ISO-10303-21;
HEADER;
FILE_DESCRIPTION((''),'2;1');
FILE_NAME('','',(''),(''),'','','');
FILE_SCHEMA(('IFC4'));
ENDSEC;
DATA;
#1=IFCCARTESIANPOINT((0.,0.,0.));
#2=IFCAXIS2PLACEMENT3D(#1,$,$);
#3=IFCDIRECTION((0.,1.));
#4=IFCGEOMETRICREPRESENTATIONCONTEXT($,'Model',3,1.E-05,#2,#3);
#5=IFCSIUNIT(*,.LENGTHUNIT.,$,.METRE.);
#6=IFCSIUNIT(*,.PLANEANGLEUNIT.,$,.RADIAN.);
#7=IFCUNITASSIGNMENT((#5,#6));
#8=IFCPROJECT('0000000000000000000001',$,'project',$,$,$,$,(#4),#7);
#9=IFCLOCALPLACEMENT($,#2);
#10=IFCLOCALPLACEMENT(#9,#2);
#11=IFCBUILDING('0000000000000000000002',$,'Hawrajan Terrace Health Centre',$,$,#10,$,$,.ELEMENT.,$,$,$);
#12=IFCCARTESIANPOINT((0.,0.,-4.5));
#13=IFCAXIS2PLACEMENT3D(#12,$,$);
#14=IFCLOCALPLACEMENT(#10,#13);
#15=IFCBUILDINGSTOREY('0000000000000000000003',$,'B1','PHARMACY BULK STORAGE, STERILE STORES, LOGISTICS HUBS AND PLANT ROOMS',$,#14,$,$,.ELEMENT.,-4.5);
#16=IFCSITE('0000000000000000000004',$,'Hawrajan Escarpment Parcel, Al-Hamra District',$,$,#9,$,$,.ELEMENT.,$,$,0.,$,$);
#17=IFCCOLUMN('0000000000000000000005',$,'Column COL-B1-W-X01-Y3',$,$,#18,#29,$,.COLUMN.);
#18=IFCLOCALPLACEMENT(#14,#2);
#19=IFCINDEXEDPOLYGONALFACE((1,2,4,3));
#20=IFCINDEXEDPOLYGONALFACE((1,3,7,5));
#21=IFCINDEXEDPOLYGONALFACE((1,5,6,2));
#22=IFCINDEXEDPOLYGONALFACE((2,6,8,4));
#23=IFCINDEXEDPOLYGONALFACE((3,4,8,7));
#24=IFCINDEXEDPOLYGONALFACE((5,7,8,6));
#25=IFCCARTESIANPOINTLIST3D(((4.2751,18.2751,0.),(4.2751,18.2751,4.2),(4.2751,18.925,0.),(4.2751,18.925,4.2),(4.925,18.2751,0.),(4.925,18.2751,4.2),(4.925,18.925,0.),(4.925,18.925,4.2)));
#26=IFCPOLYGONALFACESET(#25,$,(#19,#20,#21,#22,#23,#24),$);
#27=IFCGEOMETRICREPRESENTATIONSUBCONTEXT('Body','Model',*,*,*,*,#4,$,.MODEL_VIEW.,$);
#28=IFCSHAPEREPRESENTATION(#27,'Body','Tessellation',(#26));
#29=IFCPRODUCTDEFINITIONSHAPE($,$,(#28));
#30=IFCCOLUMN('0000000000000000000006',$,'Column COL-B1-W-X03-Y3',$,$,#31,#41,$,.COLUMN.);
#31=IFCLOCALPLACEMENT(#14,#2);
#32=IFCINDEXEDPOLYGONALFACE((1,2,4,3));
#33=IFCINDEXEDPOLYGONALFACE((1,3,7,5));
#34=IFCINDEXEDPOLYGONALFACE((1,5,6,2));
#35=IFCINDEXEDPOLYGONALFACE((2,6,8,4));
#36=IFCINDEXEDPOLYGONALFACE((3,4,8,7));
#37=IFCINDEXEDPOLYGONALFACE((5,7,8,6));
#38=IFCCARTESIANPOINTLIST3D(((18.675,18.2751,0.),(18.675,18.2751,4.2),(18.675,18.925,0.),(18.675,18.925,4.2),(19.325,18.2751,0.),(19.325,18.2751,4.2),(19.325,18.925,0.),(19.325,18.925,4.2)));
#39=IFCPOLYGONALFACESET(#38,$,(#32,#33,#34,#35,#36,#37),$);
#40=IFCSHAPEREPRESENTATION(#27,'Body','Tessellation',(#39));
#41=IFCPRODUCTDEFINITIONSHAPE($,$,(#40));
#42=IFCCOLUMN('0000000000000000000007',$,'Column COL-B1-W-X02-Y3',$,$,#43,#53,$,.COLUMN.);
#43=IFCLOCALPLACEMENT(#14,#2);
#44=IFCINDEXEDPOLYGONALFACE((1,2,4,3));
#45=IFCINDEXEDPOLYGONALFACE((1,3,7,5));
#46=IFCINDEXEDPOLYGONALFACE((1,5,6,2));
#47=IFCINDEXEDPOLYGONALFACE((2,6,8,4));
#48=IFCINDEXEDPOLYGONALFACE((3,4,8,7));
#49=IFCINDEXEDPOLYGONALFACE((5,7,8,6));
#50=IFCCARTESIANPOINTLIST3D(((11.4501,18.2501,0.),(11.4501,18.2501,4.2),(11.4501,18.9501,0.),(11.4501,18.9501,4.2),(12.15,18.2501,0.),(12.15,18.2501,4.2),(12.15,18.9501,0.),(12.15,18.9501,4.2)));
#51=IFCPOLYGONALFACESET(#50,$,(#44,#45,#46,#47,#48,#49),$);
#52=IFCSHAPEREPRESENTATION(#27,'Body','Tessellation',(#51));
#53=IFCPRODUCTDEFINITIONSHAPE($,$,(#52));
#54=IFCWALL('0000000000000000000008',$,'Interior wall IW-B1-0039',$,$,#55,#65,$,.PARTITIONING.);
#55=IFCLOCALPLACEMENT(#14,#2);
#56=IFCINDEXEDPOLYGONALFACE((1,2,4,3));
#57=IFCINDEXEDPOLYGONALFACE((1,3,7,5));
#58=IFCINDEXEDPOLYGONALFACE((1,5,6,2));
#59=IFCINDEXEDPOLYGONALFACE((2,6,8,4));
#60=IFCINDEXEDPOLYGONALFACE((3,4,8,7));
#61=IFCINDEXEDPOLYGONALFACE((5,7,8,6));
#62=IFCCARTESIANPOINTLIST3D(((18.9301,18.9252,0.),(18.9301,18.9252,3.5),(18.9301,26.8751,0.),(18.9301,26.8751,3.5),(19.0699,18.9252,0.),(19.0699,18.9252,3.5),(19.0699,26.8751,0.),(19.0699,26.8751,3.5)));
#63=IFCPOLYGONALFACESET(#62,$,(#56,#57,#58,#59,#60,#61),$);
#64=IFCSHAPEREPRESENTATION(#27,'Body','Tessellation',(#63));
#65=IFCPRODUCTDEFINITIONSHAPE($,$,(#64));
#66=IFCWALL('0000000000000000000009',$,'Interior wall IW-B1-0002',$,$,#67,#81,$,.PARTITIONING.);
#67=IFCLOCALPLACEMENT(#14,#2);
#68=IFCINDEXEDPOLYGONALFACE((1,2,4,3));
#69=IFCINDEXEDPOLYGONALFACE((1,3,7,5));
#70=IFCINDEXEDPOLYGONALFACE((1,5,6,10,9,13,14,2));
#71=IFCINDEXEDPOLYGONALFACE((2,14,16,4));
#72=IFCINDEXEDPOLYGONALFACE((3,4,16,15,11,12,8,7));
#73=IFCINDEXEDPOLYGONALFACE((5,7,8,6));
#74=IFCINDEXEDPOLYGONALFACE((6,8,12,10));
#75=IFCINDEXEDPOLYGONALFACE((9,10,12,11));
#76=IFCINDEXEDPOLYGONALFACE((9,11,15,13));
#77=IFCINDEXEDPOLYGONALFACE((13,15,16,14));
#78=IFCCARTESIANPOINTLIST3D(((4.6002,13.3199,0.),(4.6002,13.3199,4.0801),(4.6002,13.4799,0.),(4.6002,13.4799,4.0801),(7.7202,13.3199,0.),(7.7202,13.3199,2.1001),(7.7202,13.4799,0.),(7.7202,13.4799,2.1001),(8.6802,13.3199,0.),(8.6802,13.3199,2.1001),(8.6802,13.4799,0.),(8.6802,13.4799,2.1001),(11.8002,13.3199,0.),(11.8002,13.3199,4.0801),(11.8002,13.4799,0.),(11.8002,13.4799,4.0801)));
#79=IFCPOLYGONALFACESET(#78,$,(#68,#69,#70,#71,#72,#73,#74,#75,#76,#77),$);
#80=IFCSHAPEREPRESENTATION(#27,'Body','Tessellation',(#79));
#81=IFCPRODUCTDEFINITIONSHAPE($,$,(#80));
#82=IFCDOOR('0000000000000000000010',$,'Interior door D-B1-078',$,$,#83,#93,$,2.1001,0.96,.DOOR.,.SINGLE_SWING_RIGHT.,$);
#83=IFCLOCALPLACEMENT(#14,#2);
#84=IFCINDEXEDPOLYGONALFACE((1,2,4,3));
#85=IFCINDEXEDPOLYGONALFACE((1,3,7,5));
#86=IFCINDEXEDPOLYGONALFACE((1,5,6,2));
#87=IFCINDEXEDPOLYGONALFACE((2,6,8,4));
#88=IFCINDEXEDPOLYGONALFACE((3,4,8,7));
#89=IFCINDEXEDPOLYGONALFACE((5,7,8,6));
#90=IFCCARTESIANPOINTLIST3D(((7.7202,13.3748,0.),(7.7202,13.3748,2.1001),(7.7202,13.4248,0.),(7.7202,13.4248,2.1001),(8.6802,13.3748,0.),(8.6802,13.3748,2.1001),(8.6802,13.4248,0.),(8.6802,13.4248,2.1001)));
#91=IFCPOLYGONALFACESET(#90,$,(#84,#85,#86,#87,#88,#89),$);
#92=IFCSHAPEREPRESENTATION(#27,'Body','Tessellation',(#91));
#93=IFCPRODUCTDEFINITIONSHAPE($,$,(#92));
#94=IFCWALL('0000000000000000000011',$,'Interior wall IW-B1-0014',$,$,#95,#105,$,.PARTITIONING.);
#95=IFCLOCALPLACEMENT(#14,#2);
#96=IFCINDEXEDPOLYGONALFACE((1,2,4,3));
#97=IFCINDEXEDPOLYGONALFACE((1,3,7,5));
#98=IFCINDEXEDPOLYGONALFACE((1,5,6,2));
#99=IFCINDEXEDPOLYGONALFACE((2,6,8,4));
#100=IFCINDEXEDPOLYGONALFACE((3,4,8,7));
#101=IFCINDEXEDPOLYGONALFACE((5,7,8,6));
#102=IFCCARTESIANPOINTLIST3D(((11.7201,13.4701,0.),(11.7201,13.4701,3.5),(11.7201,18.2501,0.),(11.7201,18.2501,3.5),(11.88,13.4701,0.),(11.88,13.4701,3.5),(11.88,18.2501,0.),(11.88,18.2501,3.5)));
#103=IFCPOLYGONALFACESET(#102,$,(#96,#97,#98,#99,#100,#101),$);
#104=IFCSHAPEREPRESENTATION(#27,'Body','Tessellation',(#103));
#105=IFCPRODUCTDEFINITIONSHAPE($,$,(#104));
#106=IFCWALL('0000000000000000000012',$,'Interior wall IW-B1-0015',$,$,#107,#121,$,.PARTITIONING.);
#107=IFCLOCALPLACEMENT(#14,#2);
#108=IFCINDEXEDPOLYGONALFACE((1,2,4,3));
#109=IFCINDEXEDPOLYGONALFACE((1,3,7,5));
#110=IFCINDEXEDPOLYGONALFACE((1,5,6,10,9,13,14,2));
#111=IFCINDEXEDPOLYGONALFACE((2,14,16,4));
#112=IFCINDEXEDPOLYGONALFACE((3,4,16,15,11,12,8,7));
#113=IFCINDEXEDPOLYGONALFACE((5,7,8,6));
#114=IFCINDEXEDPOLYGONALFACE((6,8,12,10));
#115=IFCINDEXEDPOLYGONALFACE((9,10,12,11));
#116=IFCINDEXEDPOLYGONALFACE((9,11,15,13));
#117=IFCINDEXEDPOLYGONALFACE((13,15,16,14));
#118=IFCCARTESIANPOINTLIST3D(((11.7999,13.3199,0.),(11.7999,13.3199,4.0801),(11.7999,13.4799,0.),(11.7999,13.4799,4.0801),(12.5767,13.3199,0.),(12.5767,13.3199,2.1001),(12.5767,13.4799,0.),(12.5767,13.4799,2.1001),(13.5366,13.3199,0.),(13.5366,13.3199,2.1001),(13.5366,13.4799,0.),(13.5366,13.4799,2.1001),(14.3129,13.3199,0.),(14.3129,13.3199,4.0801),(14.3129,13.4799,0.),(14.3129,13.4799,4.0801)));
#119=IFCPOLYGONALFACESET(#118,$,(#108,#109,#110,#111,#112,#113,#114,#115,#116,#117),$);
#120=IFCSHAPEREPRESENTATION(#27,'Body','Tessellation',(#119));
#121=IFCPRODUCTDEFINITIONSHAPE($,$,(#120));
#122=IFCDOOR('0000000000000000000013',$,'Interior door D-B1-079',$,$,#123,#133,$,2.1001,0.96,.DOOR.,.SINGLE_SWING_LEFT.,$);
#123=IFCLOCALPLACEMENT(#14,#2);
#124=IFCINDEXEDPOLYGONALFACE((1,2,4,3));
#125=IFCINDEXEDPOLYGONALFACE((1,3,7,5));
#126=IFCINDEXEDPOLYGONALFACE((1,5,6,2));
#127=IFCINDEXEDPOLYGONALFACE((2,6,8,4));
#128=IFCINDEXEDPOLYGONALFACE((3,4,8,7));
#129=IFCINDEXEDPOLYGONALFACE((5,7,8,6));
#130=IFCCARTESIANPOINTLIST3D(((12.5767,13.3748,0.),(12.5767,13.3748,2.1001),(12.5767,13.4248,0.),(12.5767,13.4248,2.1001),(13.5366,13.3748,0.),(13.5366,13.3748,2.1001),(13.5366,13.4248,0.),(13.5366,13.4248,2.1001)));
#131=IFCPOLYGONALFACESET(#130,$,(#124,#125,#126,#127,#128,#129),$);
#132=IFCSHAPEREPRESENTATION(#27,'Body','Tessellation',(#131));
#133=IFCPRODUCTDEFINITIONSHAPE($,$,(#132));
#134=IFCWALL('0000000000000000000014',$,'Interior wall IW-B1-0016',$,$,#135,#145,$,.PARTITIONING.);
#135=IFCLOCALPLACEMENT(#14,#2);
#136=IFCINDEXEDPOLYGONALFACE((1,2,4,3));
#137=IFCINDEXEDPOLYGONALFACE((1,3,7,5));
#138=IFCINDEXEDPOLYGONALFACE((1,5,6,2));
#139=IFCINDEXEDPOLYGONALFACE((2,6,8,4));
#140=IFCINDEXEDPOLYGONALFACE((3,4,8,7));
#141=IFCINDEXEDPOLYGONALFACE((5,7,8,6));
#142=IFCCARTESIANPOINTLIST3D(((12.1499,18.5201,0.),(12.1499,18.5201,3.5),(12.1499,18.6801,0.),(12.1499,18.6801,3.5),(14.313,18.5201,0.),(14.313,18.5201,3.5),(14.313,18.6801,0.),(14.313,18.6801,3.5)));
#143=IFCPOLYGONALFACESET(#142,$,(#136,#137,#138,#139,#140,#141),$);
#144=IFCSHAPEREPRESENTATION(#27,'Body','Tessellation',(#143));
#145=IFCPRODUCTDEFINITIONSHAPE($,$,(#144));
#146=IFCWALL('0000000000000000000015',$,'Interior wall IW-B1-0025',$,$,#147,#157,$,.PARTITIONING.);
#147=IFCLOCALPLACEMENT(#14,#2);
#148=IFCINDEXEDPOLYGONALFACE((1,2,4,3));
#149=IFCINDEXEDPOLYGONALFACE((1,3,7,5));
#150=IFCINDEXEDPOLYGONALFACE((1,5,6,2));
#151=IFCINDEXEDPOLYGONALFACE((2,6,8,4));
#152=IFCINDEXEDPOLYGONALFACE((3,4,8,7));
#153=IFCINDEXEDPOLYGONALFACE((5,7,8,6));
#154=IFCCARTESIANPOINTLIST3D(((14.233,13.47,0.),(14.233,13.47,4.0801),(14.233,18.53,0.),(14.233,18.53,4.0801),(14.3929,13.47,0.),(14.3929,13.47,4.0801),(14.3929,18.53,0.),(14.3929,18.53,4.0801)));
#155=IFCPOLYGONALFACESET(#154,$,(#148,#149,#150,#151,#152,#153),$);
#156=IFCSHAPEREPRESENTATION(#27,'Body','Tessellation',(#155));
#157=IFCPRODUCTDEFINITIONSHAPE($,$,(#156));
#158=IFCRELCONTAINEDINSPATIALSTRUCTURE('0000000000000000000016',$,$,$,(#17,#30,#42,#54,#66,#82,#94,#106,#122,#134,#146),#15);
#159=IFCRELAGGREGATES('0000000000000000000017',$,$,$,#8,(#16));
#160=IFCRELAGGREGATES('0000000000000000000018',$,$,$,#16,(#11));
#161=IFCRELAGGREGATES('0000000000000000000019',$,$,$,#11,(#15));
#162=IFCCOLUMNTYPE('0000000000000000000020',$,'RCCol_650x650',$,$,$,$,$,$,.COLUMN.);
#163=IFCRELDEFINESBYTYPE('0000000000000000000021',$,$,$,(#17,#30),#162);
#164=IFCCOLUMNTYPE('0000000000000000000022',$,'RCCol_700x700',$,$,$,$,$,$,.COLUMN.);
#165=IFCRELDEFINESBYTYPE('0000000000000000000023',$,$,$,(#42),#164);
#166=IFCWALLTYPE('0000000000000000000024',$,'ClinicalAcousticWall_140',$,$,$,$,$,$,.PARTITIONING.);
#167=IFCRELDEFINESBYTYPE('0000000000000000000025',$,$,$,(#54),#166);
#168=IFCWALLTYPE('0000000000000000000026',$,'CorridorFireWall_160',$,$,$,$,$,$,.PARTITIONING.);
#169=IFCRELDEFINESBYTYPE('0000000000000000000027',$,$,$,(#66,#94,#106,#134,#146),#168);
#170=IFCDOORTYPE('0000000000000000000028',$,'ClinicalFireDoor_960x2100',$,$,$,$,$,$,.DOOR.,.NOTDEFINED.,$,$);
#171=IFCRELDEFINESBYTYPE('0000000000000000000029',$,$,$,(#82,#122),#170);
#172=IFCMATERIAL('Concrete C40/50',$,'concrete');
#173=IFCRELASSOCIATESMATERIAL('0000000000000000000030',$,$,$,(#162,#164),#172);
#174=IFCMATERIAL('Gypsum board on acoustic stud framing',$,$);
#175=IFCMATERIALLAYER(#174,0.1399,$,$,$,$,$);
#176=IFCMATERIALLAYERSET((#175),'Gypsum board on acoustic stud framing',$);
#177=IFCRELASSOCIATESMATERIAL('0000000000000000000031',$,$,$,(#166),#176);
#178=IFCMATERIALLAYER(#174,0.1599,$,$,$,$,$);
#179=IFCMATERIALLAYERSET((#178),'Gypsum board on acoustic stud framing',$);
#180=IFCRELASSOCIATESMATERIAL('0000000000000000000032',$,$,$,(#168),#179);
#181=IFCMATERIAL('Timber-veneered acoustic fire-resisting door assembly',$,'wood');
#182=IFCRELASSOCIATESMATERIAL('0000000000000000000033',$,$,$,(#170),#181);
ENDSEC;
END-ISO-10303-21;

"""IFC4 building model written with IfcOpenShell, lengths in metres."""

from ifc_helpers import new_model, si_unit, direction, frame, frame_2d, origin, origin_2d, place, context, subcontext, project, spatial, rectangle, extrude, material, layer, layer_set, material_profile, profile_set, type_object, element, fill, save


model = new_model("IFC4")

# Units and contexts
model_context = context("Model", 3, precision=1e-05, world=origin(), true_north=direction((0.0, 1.0)))
body_context = subcontext(model_context, "Body", "Model", "MODEL_VIEW")
ifc_project = project(units=[si_unit("LENGTHUNIT", "METRE"), si_unit("PLANEANGLEUNIT", "RADIAN")], contexts=[model_context])

# Site, building, storey
site_placement = place(None, origin())
site = spatial("IfcSite", under=ifc_project, at=site_placement, Name="Hawrajan Escarpment Parcel, Al-Hamra District", CompositionType="ELEMENT", RefElevation=0.0)
building_placement = place(site_placement, origin())
building = spatial("IfcBuilding", under=site, at=building_placement, Name="Hawrajan Terrace Health Centre", CompositionType="ELEMENT")
storey_placement = place(building_placement, frame((0.0, 0.0, -4.5)))
storey = spatial("IfcBuildingStorey", under=building, at=storey_placement, Name="B1", Description="PHARMACY BULK STORAGE, STERILE STORES, LOGISTICS HUBS AND PLANT ROOMS", CompositionType="ELEMENT", Elevation=-4.5)

# Shared definitions
ifc_material_1 = material(Name="Concrete C40/50", Category="concrete")

# Columns
ifc_material_profile_1 = material_profile(ifc_material_1, rectangle(XDim=0.6499, YDim=0.6499, at=origin_2d()), Name="RC 650x650")
ifc_profile_set_1 = profile_set([ifc_material_profile_1], Name="Concrete C40/50")
column_type_1 = type_object("IfcColumnType", Name="RCCol_650x650", PredefinedType="COLUMN", material=ifc_profile_set_1)
for number, where, z_axis, x_axis, name in (
    (1, (4.6001, 18.6001, 0.0), (0.0, 0.0, 1.0), (1.0, 0.0, 0.0), "Column COL-B1-W-X01-Y3"),
    (2, (19.0, 18.6001, 0.0), (0.0, 0.0, 1.0), (1.0, 0.0, 0.0), "Column COL-B1-W-X03-Y3"),
):
    element("IfcColumn", number, at=place(storey_placement, frame(where, z_axis=z_axis, x_axis=x_axis)), inside=storey, type_object=column_type_1, Name=name, PredefinedType="COLUMN", context=body_context, shape_type="SweptSolid", body=[
        extrude(rectangle(XDim=0.6499, YDim=0.6499, at=origin_2d()), origin(), (0.0, 0.0, 1.0), 4.2),
    ])
ifc_material_profile_2 = material_profile(ifc_material_1, rectangle(XDim=0.7, YDim=0.7, at=origin_2d()), Name="RC 700x700")
ifc_profile_set_2 = profile_set([ifc_material_profile_2], Name="Concrete C40/50")
column_type_2 = type_object("IfcColumnType", Name="RCCol_700x700", PredefinedType="COLUMN", material=ifc_profile_set_2)
column_placement = place(storey_placement, frame((11.8, 18.6001, 0.0), z_axis=(0.0, 0.0, 1.0), x_axis=(1.0, 0.0, 0.0)))
element("IfcColumn", 3, at=column_placement, inside=storey, type_object=column_type_2, Name="Column COL-B1-W-X02-Y3", PredefinedType="COLUMN", context=body_context, shape_type="SweptSolid", body=[
    extrude(rectangle(XDim=0.7, YDim=0.7, at=origin_2d()), origin(), (0.0, 0.0, 1.0), 4.2),
])

# Shared definitions
ifc_material_2 = material(Name="Gypsum board on acoustic stud framing")
ifc_layer_1 = layer(ifc_material_2, 0.1399)
ifc_layer_set_1 = layer_set([ifc_layer_1], Name="Gypsum board on acoustic stud framing")
wall_type_1 = type_object("IfcWallType", Name="ClinicalAcousticWall_140", PredefinedType="PARTITIONING", material=ifc_layer_set_1)

# Wall
wall_1_placement = place(storey_placement, frame((19.0, 18.925, 0.0), z_axis=(0.0, 0.0, 1.0), x_axis=(0.0, 1.0, 0.0)))
element("IfcWall", 4, at=wall_1_placement, inside=storey, type_object=wall_type_1, Name="Interior wall IW-B1-0039", PredefinedType="PARTITIONING", context=body_context, shape_type="SweptSolid", body=[
    extrude(rectangle(XDim=7.95, YDim=0.1399, at=frame_2d((3.9751, 0.0))), origin(), (0.0, 0.0, 1.0), 3.5),
])

# Wall, opening, door
ifc_layer_2 = layer(ifc_material_2, 0.1599)
ifc_layer_set_2 = layer_set([ifc_layer_2], Name="Gypsum board on acoustic stud framing")
wall_type_2 = type_object("IfcWallType", Name="CorridorFireWall_160", PredefinedType="PARTITIONING", material=ifc_layer_set_2)
wall_2_placement = place(storey_placement, frame((4.6001, 13.3999, 0.0), z_axis=(0.0, 0.0, 1.0), x_axis=(1.0, 0.0, 0.0)))
wall_2 = element("IfcWall", 5, at=wall_2_placement, inside=storey, type_object=wall_type_2, Name="Interior wall IW-B1-0002", PredefinedType="PARTITIONING", context=body_context, shape_type="SweptSolid", body=[
    extrude(rectangle(XDim=7.2, YDim=0.1599, at=frame_2d((3.6001, 0.0))), origin(), (0.0, 0.0, 1.0), 4.0801),
])
opening_1_placement = place(wall_2_placement, frame((3.1201, 0.0, 0.0)))
opening_1 = element("IfcOpeningElement", 6, at=opening_1_placement, cuts=wall_2, PredefinedType="OPENING", context=body_context, shape_type="SweptSolid", body=[
    extrude(rectangle(XDim=0.96, YDim=2.1001, at=frame_2d((0.48, 1.05))), frame((0.0, 0.0898, 0.0), z_axis=(0.0, -1.0, 0.0), x_axis=(1.0, 0.0, 0.0)), (0.0, 0.0, 1.0), 0.1799),
])
ifc_material_3 = material(Name="Timber-veneered acoustic fire-resisting door assembly", Category="wood")
door_type_1 = type_object("IfcDoorType", Name="ClinicalFireDoor_960x2100", OperationType="NOTDEFINED", PredefinedType="DOOR", material=ifc_material_3)
door_1_placement = place(opening_1_placement, origin())
door_1 = element("IfcDoor", 7, at=door_1_placement, inside=storey, type_object=door_type_1, Name="Interior door D-B1-078", OperationType="SINGLE_SWING_RIGHT", OverallHeight=2.1001, OverallWidth=0.96, PredefinedType="DOOR", context=body_context, shape_type="SweptSolid", body=[
    extrude(rectangle(XDim=0.96, YDim=2.1001, at=frame_2d((0.48, 1.05))), frame((0.0, 0.0249, 0.0), z_axis=(0.0, -1.0, 0.0), x_axis=(1.0, 0.0, 0.0)), (0.0, 0.0, 1.0), 0.05),
])
fill(opening_1, door_1)

# Wall
wall_3_placement = place(storey_placement, frame((11.8, 13.47, 0.0), z_axis=(0.0, 0.0, 1.0), x_axis=(0.0, 1.0, 0.0)))
element("IfcWall", 8, at=wall_3_placement, inside=storey, type_object=wall_type_2, Name="Interior wall IW-B1-0014", PredefinedType="PARTITIONING", context=body_context, shape_type="SweptSolid", body=[
    extrude(rectangle(XDim=4.78, YDim=0.1599, at=frame_2d((2.3901, 0.0))), origin(), (0.0, 0.0, 1.0), 3.5),
])

# Wall, opening, door
wall_4_placement = place(storey_placement, frame((11.8, 13.3999, 0.0), z_axis=(0.0, 0.0, 1.0), x_axis=(1.0, 0.0, 0.0)))
wall_4 = element("IfcWall", 9, at=wall_4_placement, inside=storey, type_object=wall_type_2, Name="Interior wall IW-B1-0015", PredefinedType="PARTITIONING", context=body_context, shape_type="SweptSolid", body=[
    extrude(rectangle(XDim=2.5129, YDim=0.1599, at=frame_2d((1.2563, 0.0))), origin(), (0.0, 0.0, 1.0), 4.0801),
])
opening_2_placement = place(wall_4_placement, frame((0.7766, 0.0, 0.0)))
opening_2 = element("IfcOpeningElement", 10, at=opening_2_placement, cuts=wall_4, PredefinedType="OPENING", context=body_context, shape_type="SweptSolid", body=[
    extrude(rectangle(XDim=0.96, YDim=2.1001, at=frame_2d((0.48, 1.05))), frame((0.0, 0.0898, 0.0), z_axis=(0.0, -1.0, 0.0), x_axis=(1.0, 0.0, 0.0)), (0.0, 0.0, 1.0), 0.1799),
])
door_2_placement = place(opening_2_placement, origin())
door_2 = element("IfcDoor", 11, at=door_2_placement, inside=storey, type_object=door_type_1, Name="Interior door D-B1-079", OperationType="SINGLE_SWING_LEFT", OverallHeight=2.1001, OverallWidth=0.96, PredefinedType="DOOR", context=body_context, shape_type="SweptSolid", body=[
    extrude(rectangle(XDim=0.96, YDim=2.1001, at=frame_2d((0.48, 1.05))), frame((0.0, 0.0249, 0.0), z_axis=(0.0, -1.0, 0.0), x_axis=(1.0, 0.0, 0.0)), (0.0, 0.0, 1.0), 0.05),
])
fill(opening_2, door_2)

# Walls
wall_5_placement = place(storey_placement, frame((12.1499, 18.6001, 0.0), z_axis=(0.0, 0.0, 1.0), x_axis=(1.0, 0.0, 0.0)))
element("IfcWall", 12, at=wall_5_placement, inside=storey, type_object=wall_type_2, Name="Interior wall IW-B1-0016", PredefinedType="PARTITIONING", context=body_context, shape_type="SweptSolid", body=[
    extrude(rectangle(XDim=2.1631, YDim=0.1599, at=frame_2d((1.0815, 0.0))), origin(), (0.0, 0.0, 1.0), 3.5),
])
wall_6_placement = place(storey_placement, frame((14.313, 13.47, 0.0), z_axis=(0.0, 0.0, 1.0), x_axis=(0.0, 1.0, 0.0)))
element("IfcWall", 13, at=wall_6_placement, inside=storey, type_object=wall_type_2, Name="Interior wall IW-B1-0025", PredefinedType="PARTITIONING", context=body_context, shape_type="SweptSolid", body=[
    extrude(rectangle(XDim=5.0601, YDim=0.1599, at=frame_2d((2.53, 0.0))), origin(), (0.0, 0.0, 1.0), 4.0801),
])

save(model, "model.ifc")
